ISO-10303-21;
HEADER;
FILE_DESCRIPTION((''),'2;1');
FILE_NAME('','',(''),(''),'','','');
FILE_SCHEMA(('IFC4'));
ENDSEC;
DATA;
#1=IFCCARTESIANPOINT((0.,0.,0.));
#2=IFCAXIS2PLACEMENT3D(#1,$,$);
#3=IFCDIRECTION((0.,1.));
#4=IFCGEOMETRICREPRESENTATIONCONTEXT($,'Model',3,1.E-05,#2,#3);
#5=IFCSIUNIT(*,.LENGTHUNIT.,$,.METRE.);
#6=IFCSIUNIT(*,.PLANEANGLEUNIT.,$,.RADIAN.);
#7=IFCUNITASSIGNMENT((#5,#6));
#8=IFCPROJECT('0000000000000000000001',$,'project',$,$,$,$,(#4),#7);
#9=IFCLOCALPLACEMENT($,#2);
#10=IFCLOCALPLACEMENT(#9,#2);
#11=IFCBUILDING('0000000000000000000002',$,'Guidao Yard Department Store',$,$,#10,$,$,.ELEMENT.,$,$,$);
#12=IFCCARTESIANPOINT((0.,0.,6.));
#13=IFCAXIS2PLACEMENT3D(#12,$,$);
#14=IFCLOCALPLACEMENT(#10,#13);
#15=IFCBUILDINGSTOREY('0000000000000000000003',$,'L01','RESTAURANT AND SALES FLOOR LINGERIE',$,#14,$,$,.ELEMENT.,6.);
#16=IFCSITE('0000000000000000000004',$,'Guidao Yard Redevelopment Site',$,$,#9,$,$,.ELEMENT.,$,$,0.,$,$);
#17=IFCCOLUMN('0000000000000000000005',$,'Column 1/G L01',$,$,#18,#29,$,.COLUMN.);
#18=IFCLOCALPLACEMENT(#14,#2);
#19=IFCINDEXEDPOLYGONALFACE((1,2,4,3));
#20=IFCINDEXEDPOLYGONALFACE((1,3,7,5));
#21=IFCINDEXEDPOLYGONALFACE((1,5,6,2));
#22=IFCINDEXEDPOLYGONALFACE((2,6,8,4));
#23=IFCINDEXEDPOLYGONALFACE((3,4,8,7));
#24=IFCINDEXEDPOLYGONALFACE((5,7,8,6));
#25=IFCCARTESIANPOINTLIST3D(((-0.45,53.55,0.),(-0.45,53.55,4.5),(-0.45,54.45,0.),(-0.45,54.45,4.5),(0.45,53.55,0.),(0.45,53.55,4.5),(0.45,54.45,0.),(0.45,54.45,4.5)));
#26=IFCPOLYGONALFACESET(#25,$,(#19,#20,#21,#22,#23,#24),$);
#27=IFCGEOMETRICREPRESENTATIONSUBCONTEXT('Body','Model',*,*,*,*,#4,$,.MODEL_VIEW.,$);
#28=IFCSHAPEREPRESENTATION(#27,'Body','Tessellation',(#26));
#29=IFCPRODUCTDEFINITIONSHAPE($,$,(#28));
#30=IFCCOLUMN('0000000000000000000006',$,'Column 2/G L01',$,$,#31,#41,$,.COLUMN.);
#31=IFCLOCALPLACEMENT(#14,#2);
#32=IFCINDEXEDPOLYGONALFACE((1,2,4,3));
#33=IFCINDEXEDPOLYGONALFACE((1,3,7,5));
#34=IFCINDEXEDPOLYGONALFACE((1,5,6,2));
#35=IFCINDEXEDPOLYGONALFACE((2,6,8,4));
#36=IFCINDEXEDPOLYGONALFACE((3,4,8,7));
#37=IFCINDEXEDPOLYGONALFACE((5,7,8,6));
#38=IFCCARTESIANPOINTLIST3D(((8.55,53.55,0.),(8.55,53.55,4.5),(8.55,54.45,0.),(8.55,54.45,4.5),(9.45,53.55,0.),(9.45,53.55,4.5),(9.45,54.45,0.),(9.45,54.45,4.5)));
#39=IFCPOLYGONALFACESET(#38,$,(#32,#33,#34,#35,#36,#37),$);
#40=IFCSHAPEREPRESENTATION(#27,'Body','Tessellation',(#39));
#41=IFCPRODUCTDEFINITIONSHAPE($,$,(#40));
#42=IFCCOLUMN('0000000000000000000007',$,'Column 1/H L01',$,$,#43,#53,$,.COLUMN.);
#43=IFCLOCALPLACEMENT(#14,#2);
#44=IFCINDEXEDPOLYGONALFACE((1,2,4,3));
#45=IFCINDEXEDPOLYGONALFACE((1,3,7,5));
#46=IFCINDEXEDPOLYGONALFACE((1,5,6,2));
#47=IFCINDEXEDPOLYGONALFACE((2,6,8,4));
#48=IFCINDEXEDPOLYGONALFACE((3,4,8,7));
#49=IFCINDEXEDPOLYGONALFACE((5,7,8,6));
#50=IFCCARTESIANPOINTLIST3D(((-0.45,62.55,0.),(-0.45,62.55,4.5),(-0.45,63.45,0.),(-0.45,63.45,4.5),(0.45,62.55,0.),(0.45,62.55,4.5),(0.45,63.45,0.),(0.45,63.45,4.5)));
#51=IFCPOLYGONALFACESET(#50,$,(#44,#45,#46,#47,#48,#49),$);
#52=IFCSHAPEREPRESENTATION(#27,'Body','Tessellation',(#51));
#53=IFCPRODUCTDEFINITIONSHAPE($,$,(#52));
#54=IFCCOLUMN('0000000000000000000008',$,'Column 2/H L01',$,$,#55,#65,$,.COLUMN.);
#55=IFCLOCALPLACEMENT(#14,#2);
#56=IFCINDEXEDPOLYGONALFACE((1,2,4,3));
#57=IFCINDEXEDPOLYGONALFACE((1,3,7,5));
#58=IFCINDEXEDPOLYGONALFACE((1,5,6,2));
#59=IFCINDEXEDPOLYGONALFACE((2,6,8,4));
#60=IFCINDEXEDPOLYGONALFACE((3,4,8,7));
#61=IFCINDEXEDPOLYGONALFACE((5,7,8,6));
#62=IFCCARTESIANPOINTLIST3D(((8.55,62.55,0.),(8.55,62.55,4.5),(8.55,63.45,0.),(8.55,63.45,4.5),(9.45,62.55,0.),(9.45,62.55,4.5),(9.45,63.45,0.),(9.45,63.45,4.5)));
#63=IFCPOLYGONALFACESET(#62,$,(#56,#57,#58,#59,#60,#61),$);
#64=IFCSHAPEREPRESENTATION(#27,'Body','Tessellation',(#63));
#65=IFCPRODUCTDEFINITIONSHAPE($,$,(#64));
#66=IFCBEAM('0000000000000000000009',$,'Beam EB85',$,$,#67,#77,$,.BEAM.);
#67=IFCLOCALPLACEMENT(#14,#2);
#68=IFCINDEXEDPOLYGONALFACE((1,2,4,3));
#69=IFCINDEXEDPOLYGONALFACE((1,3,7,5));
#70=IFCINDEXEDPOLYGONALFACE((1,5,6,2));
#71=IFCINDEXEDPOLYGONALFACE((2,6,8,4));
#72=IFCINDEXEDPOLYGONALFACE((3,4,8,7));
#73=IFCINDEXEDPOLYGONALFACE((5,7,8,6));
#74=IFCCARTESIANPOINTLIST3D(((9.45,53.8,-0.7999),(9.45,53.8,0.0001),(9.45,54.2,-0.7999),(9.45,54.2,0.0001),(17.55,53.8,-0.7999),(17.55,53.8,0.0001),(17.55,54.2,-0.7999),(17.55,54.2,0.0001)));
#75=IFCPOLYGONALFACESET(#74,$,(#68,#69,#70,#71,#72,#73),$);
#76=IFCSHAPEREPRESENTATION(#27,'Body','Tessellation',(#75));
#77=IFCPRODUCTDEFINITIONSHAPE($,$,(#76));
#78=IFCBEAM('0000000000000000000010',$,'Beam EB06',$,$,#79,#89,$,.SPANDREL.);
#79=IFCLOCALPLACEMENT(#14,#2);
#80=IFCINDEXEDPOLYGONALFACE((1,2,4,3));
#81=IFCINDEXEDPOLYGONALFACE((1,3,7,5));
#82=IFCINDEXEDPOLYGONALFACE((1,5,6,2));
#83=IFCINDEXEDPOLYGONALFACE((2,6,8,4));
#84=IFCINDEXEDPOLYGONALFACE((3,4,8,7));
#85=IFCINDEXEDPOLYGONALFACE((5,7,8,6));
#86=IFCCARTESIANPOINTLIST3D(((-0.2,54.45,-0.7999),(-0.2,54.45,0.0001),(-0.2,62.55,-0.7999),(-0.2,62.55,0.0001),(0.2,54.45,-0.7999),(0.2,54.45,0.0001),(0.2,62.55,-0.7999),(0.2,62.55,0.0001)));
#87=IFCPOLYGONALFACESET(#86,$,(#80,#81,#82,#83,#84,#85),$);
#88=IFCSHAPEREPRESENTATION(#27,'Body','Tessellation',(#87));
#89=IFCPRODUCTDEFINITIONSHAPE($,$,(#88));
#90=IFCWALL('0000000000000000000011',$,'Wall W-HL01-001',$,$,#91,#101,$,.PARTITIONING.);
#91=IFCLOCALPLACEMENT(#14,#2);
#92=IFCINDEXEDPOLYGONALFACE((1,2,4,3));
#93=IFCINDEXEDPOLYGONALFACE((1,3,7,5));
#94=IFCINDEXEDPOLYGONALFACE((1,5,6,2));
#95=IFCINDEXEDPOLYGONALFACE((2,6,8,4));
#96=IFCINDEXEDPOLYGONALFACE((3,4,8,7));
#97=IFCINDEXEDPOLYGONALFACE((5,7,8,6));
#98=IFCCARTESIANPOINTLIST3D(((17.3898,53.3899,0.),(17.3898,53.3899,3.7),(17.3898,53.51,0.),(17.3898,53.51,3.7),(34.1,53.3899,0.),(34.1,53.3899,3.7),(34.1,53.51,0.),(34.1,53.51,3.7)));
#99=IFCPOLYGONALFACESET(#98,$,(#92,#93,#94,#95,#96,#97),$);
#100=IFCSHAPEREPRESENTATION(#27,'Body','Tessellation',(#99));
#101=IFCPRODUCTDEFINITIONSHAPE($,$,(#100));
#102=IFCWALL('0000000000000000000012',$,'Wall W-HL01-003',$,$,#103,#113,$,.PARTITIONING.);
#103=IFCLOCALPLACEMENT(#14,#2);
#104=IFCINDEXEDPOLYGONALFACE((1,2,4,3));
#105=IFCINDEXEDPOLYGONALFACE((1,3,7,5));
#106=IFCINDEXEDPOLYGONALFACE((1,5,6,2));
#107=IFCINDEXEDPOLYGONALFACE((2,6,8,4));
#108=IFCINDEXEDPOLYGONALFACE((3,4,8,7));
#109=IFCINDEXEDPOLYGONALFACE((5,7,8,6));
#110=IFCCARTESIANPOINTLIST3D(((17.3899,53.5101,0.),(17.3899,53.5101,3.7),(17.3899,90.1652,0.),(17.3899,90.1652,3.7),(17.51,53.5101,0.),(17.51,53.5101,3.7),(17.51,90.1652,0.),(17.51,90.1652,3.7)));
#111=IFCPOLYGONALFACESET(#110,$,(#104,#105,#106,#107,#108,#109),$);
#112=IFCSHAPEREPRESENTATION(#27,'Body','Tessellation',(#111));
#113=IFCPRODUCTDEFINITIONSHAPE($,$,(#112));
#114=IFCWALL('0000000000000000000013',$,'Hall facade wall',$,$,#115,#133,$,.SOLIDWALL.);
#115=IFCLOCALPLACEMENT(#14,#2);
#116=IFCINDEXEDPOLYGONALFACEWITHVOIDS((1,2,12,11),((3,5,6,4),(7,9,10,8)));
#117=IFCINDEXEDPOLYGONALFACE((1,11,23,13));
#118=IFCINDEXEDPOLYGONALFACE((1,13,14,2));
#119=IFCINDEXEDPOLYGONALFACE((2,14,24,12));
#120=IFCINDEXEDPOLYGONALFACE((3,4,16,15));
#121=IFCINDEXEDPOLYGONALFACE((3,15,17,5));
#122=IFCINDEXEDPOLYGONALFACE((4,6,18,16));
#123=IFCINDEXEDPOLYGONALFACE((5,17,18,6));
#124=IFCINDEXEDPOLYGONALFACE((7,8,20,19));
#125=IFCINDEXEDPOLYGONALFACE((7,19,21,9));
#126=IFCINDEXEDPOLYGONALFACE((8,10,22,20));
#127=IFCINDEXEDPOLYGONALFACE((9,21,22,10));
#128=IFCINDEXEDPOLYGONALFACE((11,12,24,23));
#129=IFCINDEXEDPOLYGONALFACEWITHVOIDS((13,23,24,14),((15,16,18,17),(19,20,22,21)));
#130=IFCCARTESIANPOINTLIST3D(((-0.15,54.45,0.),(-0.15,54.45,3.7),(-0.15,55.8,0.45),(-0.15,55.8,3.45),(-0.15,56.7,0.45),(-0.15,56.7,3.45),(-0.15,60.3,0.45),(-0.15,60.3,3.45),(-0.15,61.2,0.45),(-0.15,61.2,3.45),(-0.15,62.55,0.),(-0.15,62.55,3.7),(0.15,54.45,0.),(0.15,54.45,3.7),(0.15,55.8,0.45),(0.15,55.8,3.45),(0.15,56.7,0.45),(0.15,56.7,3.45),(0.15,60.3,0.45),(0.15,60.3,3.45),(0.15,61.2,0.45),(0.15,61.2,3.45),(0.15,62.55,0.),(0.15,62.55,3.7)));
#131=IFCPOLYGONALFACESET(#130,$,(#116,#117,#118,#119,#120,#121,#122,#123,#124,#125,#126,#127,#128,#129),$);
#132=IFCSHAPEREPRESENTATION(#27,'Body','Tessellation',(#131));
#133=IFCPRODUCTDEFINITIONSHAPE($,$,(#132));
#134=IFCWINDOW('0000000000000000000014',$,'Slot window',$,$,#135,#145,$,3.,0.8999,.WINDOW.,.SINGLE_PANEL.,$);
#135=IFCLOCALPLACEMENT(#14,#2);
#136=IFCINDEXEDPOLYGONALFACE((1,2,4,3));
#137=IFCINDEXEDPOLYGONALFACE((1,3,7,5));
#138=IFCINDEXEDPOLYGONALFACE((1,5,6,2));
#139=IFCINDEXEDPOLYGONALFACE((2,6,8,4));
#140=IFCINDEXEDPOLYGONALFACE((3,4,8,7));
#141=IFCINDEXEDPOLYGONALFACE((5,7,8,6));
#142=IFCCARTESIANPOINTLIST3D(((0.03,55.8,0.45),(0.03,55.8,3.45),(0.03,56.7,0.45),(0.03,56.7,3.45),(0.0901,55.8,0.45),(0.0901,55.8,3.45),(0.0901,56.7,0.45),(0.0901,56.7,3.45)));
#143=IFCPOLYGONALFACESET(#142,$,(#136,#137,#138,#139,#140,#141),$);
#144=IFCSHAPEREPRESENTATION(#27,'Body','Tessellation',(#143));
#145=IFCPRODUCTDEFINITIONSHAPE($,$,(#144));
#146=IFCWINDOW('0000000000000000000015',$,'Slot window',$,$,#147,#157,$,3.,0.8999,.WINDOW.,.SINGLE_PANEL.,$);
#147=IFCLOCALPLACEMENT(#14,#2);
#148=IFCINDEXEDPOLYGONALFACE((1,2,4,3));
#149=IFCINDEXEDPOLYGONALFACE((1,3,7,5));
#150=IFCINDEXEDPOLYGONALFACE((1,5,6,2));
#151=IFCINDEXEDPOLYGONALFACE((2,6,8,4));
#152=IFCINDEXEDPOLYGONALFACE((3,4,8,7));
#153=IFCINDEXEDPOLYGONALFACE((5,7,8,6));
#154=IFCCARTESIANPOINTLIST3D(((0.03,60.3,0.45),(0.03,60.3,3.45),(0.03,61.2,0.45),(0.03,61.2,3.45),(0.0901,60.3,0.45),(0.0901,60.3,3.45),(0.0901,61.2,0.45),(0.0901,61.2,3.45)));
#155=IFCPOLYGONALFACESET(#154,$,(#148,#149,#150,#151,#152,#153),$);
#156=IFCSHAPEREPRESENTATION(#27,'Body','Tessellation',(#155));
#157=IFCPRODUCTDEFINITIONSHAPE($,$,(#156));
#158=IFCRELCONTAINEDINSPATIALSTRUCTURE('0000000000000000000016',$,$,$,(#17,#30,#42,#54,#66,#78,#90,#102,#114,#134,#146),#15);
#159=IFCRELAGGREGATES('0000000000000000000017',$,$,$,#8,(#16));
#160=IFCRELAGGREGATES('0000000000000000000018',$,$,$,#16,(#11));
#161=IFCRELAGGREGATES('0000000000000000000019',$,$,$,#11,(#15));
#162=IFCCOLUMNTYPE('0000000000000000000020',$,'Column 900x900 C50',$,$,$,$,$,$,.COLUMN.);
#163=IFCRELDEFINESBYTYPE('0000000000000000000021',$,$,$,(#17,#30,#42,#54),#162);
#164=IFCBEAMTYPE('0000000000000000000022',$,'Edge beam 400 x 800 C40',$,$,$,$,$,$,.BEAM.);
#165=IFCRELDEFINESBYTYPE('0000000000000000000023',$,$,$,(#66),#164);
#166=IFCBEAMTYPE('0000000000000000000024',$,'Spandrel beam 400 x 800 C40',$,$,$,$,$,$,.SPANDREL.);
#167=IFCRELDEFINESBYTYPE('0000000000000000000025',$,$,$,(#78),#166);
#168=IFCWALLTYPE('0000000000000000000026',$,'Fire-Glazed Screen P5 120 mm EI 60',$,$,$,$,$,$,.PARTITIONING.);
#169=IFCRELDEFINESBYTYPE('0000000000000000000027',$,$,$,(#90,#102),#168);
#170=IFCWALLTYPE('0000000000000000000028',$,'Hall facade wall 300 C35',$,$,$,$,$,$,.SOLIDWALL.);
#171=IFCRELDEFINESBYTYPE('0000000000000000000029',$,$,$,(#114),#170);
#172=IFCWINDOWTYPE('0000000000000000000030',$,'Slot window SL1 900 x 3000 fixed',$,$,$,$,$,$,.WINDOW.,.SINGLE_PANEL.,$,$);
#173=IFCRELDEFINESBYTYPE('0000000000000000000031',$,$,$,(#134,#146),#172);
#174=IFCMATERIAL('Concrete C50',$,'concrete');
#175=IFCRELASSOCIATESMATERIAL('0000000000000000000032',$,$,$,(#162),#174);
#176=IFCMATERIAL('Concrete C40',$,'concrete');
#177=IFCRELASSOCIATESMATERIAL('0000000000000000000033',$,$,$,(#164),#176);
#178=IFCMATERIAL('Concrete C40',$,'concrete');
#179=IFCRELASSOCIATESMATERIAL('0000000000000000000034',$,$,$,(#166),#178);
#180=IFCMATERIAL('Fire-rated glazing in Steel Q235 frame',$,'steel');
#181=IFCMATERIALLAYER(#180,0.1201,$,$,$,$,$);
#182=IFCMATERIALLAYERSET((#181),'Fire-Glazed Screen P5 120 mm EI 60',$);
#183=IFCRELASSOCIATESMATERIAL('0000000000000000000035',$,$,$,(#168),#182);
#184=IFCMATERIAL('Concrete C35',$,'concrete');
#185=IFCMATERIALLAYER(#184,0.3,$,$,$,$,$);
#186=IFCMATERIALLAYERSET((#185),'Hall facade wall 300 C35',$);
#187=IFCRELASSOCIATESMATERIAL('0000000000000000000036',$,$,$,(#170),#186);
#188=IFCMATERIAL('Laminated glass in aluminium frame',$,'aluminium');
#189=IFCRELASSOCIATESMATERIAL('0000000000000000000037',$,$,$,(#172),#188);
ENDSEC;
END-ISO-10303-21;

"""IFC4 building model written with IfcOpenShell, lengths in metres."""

from ifc_helpers import new_model, si_unit, direction, frame, frame_2d, origin, origin_2d, place, context, subcontext, project, spatial, rectangle, extrude, material, layer, layer_set, material_profile, profile_set, type_object, element, fill, save


model = new_model("IFC4")

# Units and contexts
model_context = context("Model", 3, precision=1e-05, world=origin(), true_north=direction((0.0, 1.0)))
body_context = subcontext(model_context, "Body", "Model", "MODEL_VIEW")
ifc_project = project(units=[si_unit("LENGTHUNIT", "METRE"), si_unit("PLANEANGLEUNIT", "RADIAN")], contexts=[model_context])

# Site, building, storey
site_placement = place(None, origin())
site = spatial("IfcSite", under=ifc_project, at=site_placement, Name="Guidao Yard Redevelopment Site", CompositionType="ELEMENT", RefElevation=0.0)
building_placement = place(site_placement, origin())
building = spatial("IfcBuilding", under=site, at=building_placement, Name="Guidao Yard Department Store", CompositionType="ELEMENT")
storey_placement = place(building_placement, frame((0.0, 0.0, 6.0)))
storey = spatial("IfcBuildingStorey", under=building, at=storey_placement, Name="L01", Description="RESTAURANT AND SALES FLOOR LINGERIE", CompositionType="ELEMENT", Elevation=6.0)

# Columns
ifc_material_1 = material(Name="Concrete C50", Category="concrete")
ifc_material_profile_1 = material_profile(ifc_material_1, rectangle(XDim=0.8999, YDim=0.8999, at=origin_2d()), Name="COL 900x900")
ifc_profile_set_1 = profile_set([ifc_material_profile_1], Name="Concrete C50")
column_type = type_object("IfcColumnType", Name="Column 900x900 C50", PredefinedType="COLUMN", material=ifc_profile_set_1)
for number, where, z_axis, x_axis, name in (
    (1, (0.0, 54.0, 0.0), (0.0, 0.0, 1.0), (1.0, 0.0, 0.0), "Column 1/G L01"),
    (2, (9.0, 54.0, 0.0), (0.0, 0.0, 1.0), (1.0, 0.0, 0.0), "Column 2/G L01"),
    (3, (0.0, 63.0, 0.0), (0.0, 0.0, 1.0), (1.0, 0.0, 0.0), "Column 1/H L01"),
    (4, (9.0, 63.0, 0.0), (0.0, 0.0, 1.0), (1.0, 0.0, 0.0), "Column 2/H L01"),
):
    element("IfcColumn", number, at=place(storey_placement, frame(where, z_axis=z_axis, x_axis=x_axis)), inside=storey, type_object=column_type, Name=name, PredefinedType="COLUMN", context=body_context, shape_type="SweptSolid", body=[
        extrude(rectangle(XDim=0.8999, YDim=0.8999, at=origin_2d()), origin(), (0.0, 0.0, 1.0), 4.5),
    ])

# Beams
ifc_material_2 = material(Name="Concrete C40", Category="concrete")
ifc_material_profile_2 = material_profile(ifc_material_2, rectangle(XDim=0.3999, YDim=0.8, at=origin_2d()), Name="Edge beam 400 x 800 C40")
ifc_profile_set_2 = profile_set([ifc_material_profile_2], Name="Concrete C40")
beam_type_1 = type_object("IfcBeamType", Name="Edge beam 400 x 800 C40", PredefinedType="BEAM", material=ifc_profile_set_2)
beam_1_placement = place(storey_placement, frame((9.45, 54.0, -0.3999), z_axis=(1.0, 0.0, 0.0), x_axis=(0.0, 1.0, 0.0)))
element("IfcBeam", 5, at=beam_1_placement, inside=storey, type_object=beam_type_1, Name="Beam EB85", PredefinedType="BEAM", context=body_context, shape_type="SweptSolid", body=[
    extrude(rectangle(XDim=0.3999, YDim=0.8, at=origin_2d()), origin(), (0.0, 0.0, 1.0), 8.1001),
])
ifc_material_3 = material(Name="Concrete C40", Category="concrete")
ifc_material_profile_3 = material_profile(ifc_material_3, rectangle(XDim=0.3999, YDim=0.8, at=origin_2d()), Name="Spandrel beam 400 x 800 C40")
ifc_profile_set_3 = profile_set([ifc_material_profile_3], Name="Concrete C40")
beam_type_2 = type_object("IfcBeamType", Name="Spandrel beam 400 x 800 C40", PredefinedType="SPANDREL", material=ifc_profile_set_3)
beam_2_placement = place(storey_placement, frame((0.0, 54.45, -0.3999), z_axis=(0.0, 1.0, 0.0), x_axis=(-1.0, 0.0, 0.0)))
element("IfcBeam", 6, at=beam_2_placement, inside=storey, type_object=beam_type_2, Name="Beam EB06", PredefinedType="SPANDREL", context=body_context, shape_type="SweptSolid", body=[
    extrude(rectangle(XDim=0.3999, YDim=0.8, at=origin_2d()), origin(), (0.0, 0.0, 1.0), 8.1001),
])

# Walls
ifc_material_4 = material(Name="Fire-rated glazing in Steel Q235 frame", Category="steel")
ifc_layer_1 = layer(ifc_material_4, 0.1201)
ifc_layer_set_1 = layer_set([ifc_layer_1], Name="Fire-Glazed Screen P5 120 mm EI 60")
wall_type_1 = type_object("IfcWallType", Name="Fire-Glazed Screen P5 120 mm EI 60", PredefinedType="PARTITIONING", material=ifc_layer_set_1)
wall_1_placement = place(storey_placement, frame((17.3899, 53.45, 0.0), z_axis=(0.0, 0.0, 1.0), x_axis=(1.0, 0.0, 0.0)))
element("IfcWall", 7, at=wall_1_placement, inside=storey, type_object=wall_type_1, Name="Wall W-HL01-001", PredefinedType="PARTITIONING", context=body_context, shape_type="SweptSolid", body=[
    extrude(rectangle(XDim=16.7102, YDim=0.1201, at=frame_2d((8.355, 0.0))), origin(), (0.0, 0.0, 1.0), 3.7),
])
wall_2_placement = place(storey_placement, frame((17.45, 53.51, 0.0), z_axis=(0.0, 0.0, 1.0), x_axis=(0.0, 1.0, 0.0)))
element("IfcWall", 8, at=wall_2_placement, inside=storey, type_object=wall_type_1, Name="Wall W-HL01-003", PredefinedType="PARTITIONING", context=body_context, shape_type="SweptSolid", body=[
    extrude(rectangle(XDim=36.655, YDim=0.1201, at=frame_2d((18.3276, 0.0))), origin(), (0.0, 0.0, 1.0), 3.7),
])

# Wall, openings, windows
ifc_material_5 = material(Name="Concrete C35", Category="concrete")
ifc_layer_2 = layer(ifc_material_5, 0.3)
ifc_layer_set_2 = layer_set([ifc_layer_2], Name="Hall facade wall 300 C35")
wall_type_2 = type_object("IfcWallType", Name="Hall facade wall 300 C35", PredefinedType="SOLIDWALL", material=ifc_layer_set_2)
wall_3_placement = place(storey_placement, frame((0.0, 54.45, 0.0), z_axis=(0.0, 0.0, 1.0), x_axis=(0.0, 1.0, 0.0)))
wall_3 = element("IfcWall", 9, at=wall_3_placement, inside=storey, type_object=wall_type_2, Name="Hall facade wall", PredefinedType="SOLIDWALL", context=body_context, shape_type="SweptSolid", body=[
    extrude(rectangle(XDim=8.1001, YDim=0.3, at=frame_2d((4.05, 0.0))), origin(), (0.0, 0.0, 1.0), 3.7),
])
opening_1_placement = place(wall_3_placement, frame((1.3501, 0.0, 0.45)))
opening_1 = element("IfcOpeningElement", 10, at=opening_1_placement, cuts=wall_3, PredefinedType="OPENING", context=body_context, shape_type="SweptSolid", body=[
    extrude(rectangle(XDim=0.8999, YDim=3.0, at=frame_2d((0.45, 1.5))), frame((0.0, 0.1599, 0.0), z_axis=(0.0, -1.0, 0.0), x_axis=(1.0, 0.0, 0.0)), (0.0, 0.0, 1.0), 0.3201),
])
opening_2_placement = place(wall_3_placement, frame((5.8501, 0.0, 0.45)))
opening_2 = element("IfcOpeningElement", 11, at=opening_2_placement, cuts=wall_3, PredefinedType="OPENING", context=body_context, shape_type="SweptSolid", body=[
    extrude(rectangle(XDim=0.8999, YDim=3.0, at=frame_2d((0.45, 1.5))), frame((0.0, 0.1599, 0.0), z_axis=(0.0, -1.0, 0.0), x_axis=(1.0, 0.0, 0.0)), (0.0, 0.0, 1.0), 0.3201),
])
ifc_material_6 = material(Name="Laminated glass in aluminium frame", Category="aluminium")
window_type = type_object("IfcWindowType", Name="Slot window SL1 900 x 3000 fixed", PartitioningType="SINGLE_PANEL", PredefinedType="WINDOW", material=ifc_material_6)
window_1_placement = place(opening_1_placement, origin())
window_1 = element("IfcWindow", 12, at=window_1_placement, inside=storey, type_object=window_type, Name="Slot window", OverallHeight=3.0, OverallWidth=0.8999, PartitioningType="SINGLE_PANEL", PredefinedType="WINDOW", context=body_context, shape_type="SweptSolid", body=[
    extrude(rectangle(XDim=0.8999, YDim=3.0, at=frame_2d((0.45, 1.5))), frame((0.0, -0.03, 0.0), z_axis=(0.0, -1.0, 0.0), x_axis=(1.0, 0.0, 0.0)), (0.0, 0.0, 1.0), 0.0601),
])
fill(opening_1, window_1)
window_2_placement = place(opening_2_placement, origin())
window_2 = element("IfcWindow", 13, at=window_2_placement, inside=storey, type_object=window_type, Name="Slot window", OverallHeight=3.0, OverallWidth=0.8999, PartitioningType="SINGLE_PANEL", PredefinedType="WINDOW", context=body_context, shape_type="SweptSolid", body=[
    extrude(rectangle(XDim=0.8999, YDim=3.0, at=frame_2d((0.45, 1.5))), frame((0.0, -0.03, 0.0), z_axis=(0.0, -1.0, 0.0), x_axis=(1.0, 0.0, 0.0)), (0.0, 0.0, 1.0), 0.0601),
])
fill(opening_2, window_2)

save(model, "model.ifc")
